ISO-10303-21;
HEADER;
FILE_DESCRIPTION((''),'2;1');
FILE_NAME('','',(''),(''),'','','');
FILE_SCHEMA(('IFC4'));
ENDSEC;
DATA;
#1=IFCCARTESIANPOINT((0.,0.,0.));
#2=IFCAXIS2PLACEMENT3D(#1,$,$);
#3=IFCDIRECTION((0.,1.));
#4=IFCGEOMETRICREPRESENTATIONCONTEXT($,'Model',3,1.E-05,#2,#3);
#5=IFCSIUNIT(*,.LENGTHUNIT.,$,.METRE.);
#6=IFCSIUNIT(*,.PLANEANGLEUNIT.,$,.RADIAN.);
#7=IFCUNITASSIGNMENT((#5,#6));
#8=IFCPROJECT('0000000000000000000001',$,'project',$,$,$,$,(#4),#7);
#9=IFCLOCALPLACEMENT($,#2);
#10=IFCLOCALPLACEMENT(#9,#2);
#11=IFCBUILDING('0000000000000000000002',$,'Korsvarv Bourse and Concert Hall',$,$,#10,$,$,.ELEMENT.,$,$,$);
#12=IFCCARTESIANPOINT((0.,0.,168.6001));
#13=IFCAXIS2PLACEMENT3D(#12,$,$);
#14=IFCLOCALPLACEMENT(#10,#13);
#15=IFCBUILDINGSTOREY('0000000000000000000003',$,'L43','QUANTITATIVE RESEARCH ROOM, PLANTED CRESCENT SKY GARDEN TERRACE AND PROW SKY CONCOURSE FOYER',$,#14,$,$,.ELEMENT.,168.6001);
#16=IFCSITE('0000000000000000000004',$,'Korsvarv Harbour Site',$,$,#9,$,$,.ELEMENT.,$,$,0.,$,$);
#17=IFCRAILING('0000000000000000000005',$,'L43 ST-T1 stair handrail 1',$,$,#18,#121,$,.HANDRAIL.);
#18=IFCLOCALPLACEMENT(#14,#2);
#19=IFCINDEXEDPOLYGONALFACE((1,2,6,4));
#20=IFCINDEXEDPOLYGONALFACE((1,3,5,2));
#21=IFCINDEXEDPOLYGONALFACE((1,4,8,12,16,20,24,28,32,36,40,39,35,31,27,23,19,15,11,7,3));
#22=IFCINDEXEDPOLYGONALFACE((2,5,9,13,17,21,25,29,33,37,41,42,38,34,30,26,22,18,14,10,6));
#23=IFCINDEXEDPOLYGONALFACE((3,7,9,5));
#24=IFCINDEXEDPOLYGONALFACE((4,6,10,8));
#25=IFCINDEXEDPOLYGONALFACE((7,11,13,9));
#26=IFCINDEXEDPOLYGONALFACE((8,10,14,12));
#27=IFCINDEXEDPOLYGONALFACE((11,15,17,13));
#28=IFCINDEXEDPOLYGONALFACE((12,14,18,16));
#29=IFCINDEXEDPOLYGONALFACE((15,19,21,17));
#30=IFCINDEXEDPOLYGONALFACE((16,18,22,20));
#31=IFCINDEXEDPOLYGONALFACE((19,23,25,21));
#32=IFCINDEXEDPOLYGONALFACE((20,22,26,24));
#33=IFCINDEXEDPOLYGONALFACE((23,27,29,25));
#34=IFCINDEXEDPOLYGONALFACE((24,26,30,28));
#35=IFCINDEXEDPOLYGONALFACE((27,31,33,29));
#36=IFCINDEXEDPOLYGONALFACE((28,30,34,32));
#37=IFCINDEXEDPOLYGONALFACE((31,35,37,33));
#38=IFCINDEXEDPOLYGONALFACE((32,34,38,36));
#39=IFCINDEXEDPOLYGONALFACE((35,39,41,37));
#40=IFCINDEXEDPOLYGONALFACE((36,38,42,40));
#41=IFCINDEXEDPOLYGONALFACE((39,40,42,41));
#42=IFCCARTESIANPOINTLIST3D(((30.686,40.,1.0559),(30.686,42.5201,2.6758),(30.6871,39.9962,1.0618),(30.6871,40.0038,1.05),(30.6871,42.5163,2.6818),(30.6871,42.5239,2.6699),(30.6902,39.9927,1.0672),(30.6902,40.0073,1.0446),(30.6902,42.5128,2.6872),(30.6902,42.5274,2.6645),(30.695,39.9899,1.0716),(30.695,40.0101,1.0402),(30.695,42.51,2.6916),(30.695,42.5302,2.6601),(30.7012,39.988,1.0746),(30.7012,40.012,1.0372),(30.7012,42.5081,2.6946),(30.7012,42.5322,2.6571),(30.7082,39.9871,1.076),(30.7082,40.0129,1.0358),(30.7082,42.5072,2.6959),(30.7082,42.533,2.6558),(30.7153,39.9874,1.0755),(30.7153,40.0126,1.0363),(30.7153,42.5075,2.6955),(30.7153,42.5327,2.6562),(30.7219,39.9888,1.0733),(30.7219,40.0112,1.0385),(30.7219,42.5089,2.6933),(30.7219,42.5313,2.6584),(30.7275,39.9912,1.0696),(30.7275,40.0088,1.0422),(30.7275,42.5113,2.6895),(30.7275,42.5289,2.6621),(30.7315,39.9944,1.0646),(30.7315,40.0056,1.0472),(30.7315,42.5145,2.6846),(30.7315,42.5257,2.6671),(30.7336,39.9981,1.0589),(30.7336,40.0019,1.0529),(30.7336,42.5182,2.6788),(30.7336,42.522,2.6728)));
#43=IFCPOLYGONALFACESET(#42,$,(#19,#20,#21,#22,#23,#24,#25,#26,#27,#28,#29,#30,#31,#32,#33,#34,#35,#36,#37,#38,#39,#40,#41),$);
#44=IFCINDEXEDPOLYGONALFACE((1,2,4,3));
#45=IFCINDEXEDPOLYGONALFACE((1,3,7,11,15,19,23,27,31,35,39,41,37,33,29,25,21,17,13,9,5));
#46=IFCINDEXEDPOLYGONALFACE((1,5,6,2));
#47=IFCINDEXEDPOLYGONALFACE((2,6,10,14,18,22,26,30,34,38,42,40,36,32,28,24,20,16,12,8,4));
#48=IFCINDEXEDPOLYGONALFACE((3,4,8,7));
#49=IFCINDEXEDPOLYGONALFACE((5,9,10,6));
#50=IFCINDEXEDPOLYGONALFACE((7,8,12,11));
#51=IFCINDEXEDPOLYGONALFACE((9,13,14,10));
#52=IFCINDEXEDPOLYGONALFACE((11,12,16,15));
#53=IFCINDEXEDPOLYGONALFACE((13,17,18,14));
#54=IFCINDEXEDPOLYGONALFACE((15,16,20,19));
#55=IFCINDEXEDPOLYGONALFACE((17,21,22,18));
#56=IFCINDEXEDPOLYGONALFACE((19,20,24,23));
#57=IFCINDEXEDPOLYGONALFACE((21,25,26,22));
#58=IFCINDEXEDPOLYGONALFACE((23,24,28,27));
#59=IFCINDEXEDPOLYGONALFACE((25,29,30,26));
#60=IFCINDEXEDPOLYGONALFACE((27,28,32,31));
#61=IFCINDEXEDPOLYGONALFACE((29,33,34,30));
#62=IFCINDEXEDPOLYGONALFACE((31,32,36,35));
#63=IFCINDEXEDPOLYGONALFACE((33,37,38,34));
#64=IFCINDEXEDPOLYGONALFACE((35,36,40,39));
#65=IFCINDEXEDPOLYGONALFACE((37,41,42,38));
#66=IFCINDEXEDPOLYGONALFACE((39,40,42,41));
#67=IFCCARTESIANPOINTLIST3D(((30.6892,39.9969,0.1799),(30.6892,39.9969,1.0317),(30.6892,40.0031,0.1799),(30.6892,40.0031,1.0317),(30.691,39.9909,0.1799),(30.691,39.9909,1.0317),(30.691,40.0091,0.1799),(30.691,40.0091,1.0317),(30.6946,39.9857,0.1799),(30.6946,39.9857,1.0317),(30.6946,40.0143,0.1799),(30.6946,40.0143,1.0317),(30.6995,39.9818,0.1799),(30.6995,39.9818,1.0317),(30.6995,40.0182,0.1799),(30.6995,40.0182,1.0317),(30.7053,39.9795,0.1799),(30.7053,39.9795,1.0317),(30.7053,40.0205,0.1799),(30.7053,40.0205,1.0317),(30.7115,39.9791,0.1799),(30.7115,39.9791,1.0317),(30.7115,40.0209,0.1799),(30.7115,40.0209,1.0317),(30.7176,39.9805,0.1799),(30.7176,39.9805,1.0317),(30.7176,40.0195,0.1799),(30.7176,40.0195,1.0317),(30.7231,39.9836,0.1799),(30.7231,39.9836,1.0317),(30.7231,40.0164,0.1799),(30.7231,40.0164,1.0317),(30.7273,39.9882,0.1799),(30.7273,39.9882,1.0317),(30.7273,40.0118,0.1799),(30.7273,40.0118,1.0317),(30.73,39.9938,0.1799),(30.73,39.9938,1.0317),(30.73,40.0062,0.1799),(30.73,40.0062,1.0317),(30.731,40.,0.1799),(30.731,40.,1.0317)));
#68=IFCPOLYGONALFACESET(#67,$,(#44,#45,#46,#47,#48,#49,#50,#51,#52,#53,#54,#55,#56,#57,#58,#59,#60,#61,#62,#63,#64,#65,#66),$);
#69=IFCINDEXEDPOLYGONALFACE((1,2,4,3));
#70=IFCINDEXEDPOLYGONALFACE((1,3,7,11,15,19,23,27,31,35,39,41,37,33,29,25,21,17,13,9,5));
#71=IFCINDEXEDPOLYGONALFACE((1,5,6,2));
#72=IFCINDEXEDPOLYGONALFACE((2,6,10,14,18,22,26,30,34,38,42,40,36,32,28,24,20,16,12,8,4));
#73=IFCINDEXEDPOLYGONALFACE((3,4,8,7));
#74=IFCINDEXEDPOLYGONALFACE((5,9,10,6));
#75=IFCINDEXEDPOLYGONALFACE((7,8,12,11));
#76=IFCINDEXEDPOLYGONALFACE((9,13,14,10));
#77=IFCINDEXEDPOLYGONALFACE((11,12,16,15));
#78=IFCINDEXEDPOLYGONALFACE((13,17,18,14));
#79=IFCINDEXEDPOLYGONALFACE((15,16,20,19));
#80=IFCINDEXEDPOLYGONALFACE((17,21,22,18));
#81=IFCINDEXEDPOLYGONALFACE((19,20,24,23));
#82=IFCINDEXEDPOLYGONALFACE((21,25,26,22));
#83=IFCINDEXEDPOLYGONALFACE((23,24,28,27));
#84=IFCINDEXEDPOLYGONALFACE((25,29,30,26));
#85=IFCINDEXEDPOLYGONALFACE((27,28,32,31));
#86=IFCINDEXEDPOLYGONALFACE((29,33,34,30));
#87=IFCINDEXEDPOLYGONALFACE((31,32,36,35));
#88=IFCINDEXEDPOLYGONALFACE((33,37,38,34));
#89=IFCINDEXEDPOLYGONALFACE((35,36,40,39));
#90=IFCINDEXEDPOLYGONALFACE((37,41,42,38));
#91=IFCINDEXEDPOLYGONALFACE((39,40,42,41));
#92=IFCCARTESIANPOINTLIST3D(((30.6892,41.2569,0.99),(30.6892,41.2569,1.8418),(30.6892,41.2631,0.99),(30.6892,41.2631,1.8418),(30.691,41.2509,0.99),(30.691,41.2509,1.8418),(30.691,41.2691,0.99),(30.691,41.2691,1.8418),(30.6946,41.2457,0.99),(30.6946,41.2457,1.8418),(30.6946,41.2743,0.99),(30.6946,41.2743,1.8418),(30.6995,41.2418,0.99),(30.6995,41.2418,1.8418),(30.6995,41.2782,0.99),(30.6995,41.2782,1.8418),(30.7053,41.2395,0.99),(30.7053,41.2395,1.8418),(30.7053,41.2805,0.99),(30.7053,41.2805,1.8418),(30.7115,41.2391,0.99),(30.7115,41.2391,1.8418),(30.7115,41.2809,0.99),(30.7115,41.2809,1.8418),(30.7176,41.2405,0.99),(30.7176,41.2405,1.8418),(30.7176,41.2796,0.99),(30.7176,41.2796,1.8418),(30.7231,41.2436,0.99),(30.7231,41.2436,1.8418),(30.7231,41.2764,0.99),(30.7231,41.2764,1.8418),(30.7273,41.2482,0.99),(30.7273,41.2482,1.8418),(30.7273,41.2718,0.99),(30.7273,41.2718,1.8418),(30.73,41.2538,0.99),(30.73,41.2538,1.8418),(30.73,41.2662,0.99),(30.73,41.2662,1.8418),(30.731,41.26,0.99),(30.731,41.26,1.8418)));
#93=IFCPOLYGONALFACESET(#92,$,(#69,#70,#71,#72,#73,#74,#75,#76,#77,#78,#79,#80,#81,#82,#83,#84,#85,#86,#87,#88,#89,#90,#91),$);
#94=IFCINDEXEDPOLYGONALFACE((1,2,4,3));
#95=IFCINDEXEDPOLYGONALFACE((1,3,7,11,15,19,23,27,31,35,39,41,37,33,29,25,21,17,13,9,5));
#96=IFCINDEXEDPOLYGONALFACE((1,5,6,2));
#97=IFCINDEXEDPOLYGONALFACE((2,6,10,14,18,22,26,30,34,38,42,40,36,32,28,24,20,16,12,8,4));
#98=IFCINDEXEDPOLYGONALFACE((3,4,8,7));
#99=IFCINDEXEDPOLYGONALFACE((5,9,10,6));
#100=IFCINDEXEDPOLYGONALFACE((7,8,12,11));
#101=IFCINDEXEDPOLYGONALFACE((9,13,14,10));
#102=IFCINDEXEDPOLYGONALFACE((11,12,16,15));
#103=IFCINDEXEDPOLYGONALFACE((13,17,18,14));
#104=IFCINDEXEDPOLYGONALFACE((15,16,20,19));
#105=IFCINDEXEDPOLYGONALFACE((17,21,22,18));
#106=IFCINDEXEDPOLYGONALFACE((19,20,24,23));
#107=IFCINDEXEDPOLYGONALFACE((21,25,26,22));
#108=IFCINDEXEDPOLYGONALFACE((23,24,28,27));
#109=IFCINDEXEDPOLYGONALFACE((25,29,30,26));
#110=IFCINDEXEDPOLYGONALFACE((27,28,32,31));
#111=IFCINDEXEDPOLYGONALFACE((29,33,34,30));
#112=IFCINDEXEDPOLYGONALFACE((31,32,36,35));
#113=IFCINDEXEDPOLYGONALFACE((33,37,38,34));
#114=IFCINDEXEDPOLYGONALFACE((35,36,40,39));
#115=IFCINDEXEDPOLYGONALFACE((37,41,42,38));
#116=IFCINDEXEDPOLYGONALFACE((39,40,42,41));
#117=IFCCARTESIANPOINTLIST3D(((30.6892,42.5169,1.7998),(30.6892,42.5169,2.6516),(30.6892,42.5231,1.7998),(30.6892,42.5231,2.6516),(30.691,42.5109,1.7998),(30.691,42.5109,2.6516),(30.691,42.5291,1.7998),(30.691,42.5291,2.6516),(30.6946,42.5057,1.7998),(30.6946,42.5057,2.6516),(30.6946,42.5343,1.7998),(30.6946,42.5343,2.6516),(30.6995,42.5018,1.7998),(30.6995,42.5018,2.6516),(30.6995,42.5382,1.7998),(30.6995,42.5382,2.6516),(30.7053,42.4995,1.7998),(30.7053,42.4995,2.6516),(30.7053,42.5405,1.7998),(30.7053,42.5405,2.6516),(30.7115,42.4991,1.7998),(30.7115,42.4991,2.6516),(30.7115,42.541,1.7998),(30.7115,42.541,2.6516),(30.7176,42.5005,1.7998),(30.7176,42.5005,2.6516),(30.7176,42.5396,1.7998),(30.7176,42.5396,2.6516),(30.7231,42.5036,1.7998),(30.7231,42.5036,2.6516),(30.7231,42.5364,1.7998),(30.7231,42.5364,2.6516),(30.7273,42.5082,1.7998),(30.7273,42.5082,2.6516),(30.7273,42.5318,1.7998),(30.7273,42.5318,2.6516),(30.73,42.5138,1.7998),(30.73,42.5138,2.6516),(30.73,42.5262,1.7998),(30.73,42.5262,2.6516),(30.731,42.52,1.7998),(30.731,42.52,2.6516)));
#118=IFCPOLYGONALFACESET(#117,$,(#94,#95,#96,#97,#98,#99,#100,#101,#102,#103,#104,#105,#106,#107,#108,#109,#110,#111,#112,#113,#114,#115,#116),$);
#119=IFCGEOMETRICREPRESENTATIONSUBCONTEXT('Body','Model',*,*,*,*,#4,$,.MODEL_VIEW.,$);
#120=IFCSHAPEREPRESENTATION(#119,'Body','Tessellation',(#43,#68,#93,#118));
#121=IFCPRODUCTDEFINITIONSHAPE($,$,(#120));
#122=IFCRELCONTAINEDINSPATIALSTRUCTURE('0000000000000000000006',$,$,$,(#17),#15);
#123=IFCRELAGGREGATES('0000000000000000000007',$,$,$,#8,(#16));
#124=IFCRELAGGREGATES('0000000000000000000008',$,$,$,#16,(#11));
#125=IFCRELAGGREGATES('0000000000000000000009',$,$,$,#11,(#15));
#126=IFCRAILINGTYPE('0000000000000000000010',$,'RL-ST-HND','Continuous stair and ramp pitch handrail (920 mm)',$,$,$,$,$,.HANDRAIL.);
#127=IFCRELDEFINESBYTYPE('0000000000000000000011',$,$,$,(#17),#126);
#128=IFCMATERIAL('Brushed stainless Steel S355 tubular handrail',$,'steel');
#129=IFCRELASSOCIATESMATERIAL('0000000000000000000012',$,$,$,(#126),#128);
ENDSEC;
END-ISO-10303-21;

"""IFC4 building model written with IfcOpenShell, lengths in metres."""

from ifc_helpers import new_model, si_unit, direction, frame, origin, origin_2d, place, context, subcontext, project, spatial, circle, extrude, material, type_object, element, save


model = new_model("IFC4")

# Units and contexts
model_context = context("Model", 3, precision=1e-05, world=origin(), true_north=direction((0.0, 1.0)))
body_context = subcontext(model_context, "Body", "Model", "MODEL_VIEW")
ifc_project = project(units=[si_unit("LENGTHUNIT", "METRE"), si_unit("PLANEANGLEUNIT", "RADIAN")], contexts=[model_context])

# Site, building, storey
site_placement = place(None, origin())
site = spatial("IfcSite", under=ifc_project, at=site_placement, Name="Korsvarv Harbour Site", CompositionType="ELEMENT", RefElevation=0.0)
building_placement = place(site_placement, origin())
building = spatial("IfcBuilding", under=site, at=building_placement, Name="Korsvarv Bourse and Concert Hall", CompositionType="ELEMENT")
storey_placement = place(building_placement, frame((0.0, 0.0, 168.6001)))
storey = spatial("IfcBuildingStorey", under=building, at=storey_placement, Name="L43", Description="QUANTITATIVE RESEARCH ROOM, PLANTED CRESCENT SKY GARDEN TERRACE AND PROW SKY CONCOURSE FOYER", CompositionType="ELEMENT", Elevation=168.6001)

# Railing
ifc_material_1 = material(Name="Brushed stainless Steel S355 tubular handrail", Category="steel")
railing_type_1 = type_object("IfcRailingType", Name="RL-ST-HND", Description="Continuous stair and ramp pitch handrail (920 mm)", PredefinedType="HANDRAIL", material=ifc_material_1)
railing_1_placement = place(storey_placement, frame((30.71, 40.0, 0.1799)))
element("IfcRailing", 1, at=railing_1_placement, inside=storey, type_object=railing_type_1, Name="L43 ST-T1 stair handrail 1", PredefinedType="HANDRAIL", context=body_context, shape_type="SweptSolid", body=[
    extrude(circle(Radius=0.0239, at=origin_2d()), frame((0.0, 0.0, 0.876), z_axis=(0.0, 0.8412, 0.540725), x_axis=(-1.0, 0.0, 0.0)), (0.0, 0.0, 1.0), 2.9958),
    extrude(circle(Radius=0.021, at=origin_2d()), origin(), (0.0, 0.0, 1.0), 0.8518),
    extrude(circle(Radius=0.021, at=origin_2d()), frame((0.0, 1.26, 0.8101)), (0.0, 0.0, 1.0), 0.8518),
    extrude(circle(Radius=0.021, at=origin_2d()), frame((0.0, 2.52, 1.6199)), (0.0, 0.0, 1.0), 0.8518),
])

save(model, "model.ifc")
